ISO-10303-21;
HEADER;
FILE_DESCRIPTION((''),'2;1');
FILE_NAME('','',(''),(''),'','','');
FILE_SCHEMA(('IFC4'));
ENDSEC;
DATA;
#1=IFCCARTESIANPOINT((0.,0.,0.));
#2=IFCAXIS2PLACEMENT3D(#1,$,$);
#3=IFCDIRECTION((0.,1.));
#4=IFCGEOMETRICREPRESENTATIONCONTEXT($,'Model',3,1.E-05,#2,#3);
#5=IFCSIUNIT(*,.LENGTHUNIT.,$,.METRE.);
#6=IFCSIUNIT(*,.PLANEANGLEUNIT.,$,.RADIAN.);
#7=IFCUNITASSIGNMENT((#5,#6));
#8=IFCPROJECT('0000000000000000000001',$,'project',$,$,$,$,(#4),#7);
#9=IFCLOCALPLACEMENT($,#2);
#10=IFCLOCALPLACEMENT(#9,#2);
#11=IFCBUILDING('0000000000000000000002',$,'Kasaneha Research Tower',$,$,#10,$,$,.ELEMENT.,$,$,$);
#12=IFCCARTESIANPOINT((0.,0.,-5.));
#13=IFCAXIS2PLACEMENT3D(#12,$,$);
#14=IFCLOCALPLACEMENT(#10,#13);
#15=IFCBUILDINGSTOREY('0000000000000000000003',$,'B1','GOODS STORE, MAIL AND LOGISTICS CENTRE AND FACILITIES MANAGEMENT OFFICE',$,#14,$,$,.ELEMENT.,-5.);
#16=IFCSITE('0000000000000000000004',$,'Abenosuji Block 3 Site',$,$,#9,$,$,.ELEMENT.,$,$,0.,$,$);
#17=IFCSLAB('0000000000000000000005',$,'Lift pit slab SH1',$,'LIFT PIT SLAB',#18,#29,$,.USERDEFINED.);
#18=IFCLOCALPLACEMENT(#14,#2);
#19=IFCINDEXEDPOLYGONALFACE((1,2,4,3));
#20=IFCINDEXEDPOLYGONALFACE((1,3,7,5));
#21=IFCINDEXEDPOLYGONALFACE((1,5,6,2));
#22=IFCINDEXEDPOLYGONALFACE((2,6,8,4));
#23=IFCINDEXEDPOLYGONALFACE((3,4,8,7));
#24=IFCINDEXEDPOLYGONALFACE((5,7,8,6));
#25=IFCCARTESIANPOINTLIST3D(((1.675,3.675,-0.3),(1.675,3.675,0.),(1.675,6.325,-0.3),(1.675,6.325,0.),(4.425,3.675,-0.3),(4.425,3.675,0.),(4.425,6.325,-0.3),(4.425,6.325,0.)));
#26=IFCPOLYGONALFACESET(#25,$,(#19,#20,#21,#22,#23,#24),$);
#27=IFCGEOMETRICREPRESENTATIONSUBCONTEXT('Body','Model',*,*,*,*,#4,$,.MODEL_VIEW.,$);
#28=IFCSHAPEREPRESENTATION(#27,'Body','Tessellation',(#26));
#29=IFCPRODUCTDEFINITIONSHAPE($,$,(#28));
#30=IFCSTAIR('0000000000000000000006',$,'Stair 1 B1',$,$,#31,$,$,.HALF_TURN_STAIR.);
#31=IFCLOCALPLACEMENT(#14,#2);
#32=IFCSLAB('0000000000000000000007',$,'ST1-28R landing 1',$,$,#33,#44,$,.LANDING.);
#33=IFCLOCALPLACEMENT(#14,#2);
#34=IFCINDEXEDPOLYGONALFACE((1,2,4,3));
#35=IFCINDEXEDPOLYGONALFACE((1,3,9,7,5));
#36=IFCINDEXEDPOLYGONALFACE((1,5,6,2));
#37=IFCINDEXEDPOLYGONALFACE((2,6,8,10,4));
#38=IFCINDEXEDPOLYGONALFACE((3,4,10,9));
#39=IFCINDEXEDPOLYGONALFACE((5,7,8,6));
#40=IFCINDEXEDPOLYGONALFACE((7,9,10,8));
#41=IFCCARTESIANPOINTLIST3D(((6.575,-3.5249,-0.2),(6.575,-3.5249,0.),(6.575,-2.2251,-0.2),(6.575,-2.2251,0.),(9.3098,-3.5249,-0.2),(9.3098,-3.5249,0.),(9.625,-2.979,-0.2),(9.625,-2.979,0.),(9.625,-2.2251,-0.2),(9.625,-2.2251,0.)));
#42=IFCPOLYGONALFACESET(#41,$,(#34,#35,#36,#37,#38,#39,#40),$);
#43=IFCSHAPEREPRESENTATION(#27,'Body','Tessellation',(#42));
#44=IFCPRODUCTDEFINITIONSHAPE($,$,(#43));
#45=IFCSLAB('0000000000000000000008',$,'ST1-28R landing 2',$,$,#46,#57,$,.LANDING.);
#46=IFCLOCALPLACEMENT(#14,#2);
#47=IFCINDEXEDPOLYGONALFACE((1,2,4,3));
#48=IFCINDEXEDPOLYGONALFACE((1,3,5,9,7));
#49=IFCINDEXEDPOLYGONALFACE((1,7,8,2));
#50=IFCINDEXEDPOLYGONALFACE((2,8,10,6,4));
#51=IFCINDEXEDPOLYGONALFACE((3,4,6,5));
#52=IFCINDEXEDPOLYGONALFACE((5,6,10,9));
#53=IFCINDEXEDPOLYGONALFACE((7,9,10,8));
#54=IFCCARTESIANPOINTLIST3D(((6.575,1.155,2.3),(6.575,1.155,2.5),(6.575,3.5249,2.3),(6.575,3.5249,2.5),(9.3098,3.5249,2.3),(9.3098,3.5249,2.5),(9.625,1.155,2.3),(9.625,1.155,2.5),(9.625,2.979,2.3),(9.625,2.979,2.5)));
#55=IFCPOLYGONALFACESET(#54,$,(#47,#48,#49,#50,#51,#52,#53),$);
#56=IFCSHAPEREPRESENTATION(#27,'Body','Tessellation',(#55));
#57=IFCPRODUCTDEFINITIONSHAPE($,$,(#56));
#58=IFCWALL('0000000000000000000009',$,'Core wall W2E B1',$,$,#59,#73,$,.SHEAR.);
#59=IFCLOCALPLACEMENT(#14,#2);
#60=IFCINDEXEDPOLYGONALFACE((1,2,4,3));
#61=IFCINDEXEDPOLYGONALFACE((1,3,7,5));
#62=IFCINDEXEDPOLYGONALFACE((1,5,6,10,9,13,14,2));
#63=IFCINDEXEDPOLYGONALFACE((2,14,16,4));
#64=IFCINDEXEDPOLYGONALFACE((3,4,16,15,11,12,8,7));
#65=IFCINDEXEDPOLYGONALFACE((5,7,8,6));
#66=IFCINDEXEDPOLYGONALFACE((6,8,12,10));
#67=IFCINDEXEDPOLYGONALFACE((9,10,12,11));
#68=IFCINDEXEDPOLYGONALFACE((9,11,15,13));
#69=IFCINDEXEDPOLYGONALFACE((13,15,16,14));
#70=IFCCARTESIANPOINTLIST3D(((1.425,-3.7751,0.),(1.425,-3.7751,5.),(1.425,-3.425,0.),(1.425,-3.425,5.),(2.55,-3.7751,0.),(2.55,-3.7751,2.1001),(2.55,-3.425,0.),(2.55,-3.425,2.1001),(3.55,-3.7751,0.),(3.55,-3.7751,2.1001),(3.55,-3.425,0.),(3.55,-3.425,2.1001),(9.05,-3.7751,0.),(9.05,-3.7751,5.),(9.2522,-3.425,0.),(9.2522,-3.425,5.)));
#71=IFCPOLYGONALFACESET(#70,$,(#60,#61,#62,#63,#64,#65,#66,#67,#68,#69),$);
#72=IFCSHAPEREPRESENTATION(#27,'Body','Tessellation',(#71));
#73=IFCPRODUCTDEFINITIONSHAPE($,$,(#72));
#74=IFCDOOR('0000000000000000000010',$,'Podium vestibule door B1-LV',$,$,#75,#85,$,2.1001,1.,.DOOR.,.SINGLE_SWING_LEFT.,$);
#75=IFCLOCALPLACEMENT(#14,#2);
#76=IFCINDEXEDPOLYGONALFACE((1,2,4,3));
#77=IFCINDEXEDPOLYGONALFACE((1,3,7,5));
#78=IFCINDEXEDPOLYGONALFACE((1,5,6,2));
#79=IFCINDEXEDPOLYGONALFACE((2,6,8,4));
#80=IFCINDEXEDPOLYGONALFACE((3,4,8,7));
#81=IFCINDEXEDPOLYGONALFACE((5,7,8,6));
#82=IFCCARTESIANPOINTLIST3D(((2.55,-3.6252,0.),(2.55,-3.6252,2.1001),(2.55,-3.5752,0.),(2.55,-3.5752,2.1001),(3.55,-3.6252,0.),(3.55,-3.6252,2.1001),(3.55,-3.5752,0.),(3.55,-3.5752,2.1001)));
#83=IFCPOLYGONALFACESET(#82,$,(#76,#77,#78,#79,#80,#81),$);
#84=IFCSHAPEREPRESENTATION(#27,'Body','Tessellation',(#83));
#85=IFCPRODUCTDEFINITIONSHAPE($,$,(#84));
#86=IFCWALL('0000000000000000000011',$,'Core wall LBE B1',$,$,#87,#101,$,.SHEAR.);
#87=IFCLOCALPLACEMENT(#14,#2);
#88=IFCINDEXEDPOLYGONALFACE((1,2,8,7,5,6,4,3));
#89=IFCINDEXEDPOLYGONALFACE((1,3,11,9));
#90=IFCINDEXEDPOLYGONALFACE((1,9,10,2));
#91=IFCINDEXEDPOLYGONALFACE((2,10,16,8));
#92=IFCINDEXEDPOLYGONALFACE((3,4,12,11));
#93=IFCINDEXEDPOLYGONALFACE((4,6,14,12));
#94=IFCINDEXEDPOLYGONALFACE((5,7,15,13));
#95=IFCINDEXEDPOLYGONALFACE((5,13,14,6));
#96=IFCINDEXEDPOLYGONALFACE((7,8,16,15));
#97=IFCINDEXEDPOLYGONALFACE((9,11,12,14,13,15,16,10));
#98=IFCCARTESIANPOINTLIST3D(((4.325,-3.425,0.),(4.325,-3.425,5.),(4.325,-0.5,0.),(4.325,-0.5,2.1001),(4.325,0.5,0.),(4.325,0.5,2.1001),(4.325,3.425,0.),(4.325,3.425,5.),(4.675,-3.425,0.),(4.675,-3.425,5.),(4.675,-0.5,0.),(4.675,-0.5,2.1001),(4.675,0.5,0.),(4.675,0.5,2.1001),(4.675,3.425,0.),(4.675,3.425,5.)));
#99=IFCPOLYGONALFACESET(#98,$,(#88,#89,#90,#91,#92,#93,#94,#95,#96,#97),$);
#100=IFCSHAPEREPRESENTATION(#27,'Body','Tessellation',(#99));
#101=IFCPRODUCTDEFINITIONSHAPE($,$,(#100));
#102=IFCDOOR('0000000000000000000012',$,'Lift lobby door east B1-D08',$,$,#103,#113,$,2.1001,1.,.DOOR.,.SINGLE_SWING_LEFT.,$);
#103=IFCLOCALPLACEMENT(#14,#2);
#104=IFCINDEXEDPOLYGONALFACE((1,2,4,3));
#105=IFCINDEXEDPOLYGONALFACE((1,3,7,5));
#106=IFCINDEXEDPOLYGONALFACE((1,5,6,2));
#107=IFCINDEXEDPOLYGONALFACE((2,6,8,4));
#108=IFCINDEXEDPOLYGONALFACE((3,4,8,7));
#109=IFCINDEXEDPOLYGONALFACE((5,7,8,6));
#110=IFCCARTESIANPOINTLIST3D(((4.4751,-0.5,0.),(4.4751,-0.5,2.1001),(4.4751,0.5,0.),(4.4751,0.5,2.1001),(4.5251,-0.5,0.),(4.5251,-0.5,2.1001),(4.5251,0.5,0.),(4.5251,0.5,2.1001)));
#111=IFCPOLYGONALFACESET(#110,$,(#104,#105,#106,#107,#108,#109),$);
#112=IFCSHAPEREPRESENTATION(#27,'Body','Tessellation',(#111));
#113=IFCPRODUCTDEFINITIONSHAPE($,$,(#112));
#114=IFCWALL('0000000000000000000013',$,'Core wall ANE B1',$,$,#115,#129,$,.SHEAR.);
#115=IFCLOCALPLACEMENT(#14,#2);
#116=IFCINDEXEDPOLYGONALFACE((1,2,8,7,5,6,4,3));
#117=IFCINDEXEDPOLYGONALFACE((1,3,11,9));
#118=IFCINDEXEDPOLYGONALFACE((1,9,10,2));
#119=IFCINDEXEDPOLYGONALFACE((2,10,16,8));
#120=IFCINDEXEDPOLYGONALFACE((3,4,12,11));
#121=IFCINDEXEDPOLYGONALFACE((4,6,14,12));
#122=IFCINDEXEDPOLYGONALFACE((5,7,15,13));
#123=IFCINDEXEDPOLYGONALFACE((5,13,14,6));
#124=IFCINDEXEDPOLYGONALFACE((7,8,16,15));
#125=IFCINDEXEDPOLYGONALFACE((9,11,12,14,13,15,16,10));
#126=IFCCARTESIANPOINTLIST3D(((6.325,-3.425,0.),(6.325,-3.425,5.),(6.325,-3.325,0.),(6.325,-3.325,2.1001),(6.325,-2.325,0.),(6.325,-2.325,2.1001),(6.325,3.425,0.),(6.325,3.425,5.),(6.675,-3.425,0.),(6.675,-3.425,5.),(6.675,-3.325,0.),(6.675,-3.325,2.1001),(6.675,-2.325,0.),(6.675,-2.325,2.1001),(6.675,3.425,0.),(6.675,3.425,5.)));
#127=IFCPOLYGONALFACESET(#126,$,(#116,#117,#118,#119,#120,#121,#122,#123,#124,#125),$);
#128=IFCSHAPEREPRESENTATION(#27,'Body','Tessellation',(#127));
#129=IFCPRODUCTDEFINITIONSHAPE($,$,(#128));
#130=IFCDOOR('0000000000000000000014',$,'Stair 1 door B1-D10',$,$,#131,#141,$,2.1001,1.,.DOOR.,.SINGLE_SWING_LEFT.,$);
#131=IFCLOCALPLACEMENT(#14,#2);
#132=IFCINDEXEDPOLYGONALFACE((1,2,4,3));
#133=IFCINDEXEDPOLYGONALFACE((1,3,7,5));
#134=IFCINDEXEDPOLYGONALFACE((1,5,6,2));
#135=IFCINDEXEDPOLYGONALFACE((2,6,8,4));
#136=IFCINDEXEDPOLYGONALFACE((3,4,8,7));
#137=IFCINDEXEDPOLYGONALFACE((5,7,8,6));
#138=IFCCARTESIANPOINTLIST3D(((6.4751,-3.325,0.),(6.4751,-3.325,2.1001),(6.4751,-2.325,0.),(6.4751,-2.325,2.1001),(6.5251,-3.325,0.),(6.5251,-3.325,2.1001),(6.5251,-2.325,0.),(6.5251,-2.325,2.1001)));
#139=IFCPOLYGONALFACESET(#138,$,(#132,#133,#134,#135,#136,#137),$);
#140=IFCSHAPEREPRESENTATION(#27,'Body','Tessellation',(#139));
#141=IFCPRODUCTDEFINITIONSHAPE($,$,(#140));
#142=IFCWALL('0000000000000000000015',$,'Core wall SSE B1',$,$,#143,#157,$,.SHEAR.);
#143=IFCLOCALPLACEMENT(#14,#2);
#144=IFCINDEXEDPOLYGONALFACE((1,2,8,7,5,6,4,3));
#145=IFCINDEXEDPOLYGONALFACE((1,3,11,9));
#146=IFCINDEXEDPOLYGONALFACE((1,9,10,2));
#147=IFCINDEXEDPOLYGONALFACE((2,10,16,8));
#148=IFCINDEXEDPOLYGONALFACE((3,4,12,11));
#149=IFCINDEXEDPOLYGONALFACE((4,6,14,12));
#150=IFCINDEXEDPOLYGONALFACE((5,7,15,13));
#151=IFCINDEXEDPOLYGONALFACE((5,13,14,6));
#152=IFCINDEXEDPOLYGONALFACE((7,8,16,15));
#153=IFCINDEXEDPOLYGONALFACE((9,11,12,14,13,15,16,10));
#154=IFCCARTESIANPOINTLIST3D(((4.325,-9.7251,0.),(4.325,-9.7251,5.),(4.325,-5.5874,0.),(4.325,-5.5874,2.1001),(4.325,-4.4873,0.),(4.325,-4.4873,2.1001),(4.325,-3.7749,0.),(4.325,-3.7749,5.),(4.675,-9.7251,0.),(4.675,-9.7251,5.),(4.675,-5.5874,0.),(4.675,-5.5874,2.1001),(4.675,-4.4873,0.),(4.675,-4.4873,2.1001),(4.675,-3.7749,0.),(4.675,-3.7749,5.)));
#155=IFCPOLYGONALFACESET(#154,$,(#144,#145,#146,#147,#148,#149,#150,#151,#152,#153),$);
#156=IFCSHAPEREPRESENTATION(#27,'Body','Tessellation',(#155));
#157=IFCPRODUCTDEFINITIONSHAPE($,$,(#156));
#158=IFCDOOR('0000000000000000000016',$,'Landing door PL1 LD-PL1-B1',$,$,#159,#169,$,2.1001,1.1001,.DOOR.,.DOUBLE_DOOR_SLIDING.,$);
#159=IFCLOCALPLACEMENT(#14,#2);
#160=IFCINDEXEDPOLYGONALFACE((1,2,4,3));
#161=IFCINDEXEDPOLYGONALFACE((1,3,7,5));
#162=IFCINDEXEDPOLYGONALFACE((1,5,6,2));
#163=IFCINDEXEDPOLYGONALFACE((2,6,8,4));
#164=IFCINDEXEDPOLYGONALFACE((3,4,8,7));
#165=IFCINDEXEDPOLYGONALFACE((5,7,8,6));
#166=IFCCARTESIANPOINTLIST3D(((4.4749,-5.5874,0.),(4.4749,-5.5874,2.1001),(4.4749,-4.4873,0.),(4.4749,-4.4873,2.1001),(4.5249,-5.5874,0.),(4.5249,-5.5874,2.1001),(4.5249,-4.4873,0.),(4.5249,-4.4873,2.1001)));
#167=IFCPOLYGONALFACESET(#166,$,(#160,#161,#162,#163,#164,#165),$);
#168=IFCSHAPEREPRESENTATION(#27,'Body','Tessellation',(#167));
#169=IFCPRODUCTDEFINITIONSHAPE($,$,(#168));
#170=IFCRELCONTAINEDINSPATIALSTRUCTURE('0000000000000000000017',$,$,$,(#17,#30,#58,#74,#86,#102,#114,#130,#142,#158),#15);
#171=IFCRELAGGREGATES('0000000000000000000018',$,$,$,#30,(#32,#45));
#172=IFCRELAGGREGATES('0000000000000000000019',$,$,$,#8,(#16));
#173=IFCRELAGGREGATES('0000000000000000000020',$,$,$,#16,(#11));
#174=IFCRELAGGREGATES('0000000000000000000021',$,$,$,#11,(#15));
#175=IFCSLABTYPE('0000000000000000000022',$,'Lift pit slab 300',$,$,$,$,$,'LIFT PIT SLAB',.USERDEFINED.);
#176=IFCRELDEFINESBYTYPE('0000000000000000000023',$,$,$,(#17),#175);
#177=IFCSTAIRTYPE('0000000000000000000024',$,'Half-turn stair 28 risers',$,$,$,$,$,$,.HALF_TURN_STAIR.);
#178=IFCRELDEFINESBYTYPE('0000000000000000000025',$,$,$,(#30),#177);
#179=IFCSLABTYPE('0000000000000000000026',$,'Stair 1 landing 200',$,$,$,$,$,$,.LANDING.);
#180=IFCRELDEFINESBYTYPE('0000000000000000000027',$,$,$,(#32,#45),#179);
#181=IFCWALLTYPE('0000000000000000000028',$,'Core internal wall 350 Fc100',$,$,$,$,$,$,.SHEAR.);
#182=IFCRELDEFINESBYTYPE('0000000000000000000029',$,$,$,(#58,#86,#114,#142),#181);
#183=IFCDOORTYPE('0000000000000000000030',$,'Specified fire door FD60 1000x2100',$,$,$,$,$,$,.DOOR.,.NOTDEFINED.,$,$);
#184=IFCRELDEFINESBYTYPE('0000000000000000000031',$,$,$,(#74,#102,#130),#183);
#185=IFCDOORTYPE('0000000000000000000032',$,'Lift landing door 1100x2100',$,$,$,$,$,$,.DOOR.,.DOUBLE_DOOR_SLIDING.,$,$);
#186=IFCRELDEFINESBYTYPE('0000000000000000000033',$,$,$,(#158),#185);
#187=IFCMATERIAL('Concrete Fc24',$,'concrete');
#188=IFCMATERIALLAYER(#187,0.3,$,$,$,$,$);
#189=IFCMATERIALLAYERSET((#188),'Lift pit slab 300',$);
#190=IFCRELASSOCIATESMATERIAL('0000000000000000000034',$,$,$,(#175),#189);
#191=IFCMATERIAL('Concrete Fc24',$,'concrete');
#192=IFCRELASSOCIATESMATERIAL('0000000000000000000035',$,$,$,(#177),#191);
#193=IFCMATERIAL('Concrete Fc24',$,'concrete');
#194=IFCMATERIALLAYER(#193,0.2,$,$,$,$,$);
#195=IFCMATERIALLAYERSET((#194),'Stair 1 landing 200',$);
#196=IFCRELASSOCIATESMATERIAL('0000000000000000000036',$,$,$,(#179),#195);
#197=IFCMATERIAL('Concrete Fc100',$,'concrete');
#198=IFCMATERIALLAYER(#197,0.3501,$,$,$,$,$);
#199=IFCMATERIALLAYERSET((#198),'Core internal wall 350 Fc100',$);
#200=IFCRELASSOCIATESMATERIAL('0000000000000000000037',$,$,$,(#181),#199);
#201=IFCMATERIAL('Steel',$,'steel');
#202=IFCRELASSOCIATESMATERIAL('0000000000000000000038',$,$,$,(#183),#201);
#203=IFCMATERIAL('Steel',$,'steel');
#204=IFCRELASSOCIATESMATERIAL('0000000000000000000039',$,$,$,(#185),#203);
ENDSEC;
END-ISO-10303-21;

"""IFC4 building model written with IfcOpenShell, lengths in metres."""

from ifc_helpers import new_model, si_unit, direction, frame, frame_2d, origin, place, context, subcontext, project, spatial, polyline, rectangle, outline, extrude, material, layer, layer_set, type_object, element, fill, aggregate, save


model = new_model("IFC4")

# Units and contexts
model_context = context("Model", 3, precision=1e-05, world=origin(), true_north=direction((0.0, 1.0)))
body_context = subcontext(model_context, "Body", "Model", "MODEL_VIEW")
ifc_project = project(units=[si_unit("LENGTHUNIT", "METRE"), si_unit("PLANEANGLEUNIT", "RADIAN")], contexts=[model_context])

# Site, building, storey
site_placement = place(None, origin())
site = spatial("IfcSite", under=ifc_project, at=site_placement, Name="Abenosuji Block 3 Site", CompositionType="ELEMENT", RefElevation=0.0)
building_placement = place(site_placement, origin())
building = spatial("IfcBuilding", under=site, at=building_placement, Name="Kasaneha Research Tower", CompositionType="ELEMENT")
storey_placement = place(building_placement, frame((0.0, 0.0, -5.0)))
storey = spatial("IfcBuildingStorey", under=building, at=storey_placement, Name="B1", Description="GOODS STORE, MAIL AND LOGISTICS CENTRE AND FACILITIES MANAGEMENT OFFICE", CompositionType="ELEMENT", Elevation=-5.0)

# Slab
ifc_material_1 = material(Name="Concrete Fc24", Category="concrete")
ifc_layer_1 = layer(ifc_material_1, 0.3)
ifc_layer_set_1 = layer_set([ifc_layer_1], Name="Lift pit slab 300")
slab_type_1 = type_object("IfcSlabType", Name="Lift pit slab 300", ElementType="LIFT PIT SLAB", PredefinedType="USERDEFINED", material=ifc_layer_set_1)
slab_1_placement = place(storey_placement, frame((0.0, 0.0, -0.3)))
element("IfcSlab", 1, at=slab_1_placement, inside=storey, type_object=slab_type_1, Name="Lift pit slab SH1", ObjectType="LIFT PIT SLAB", PredefinedType="USERDEFINED", context=body_context, shape_type="SweptSolid", body=[
    extrude(outline(polyline([(4.425, 3.675), (1.675, 3.675), (1.675, 6.325), (4.425, 6.325), (4.425, 3.675)])), origin(), (0.0, 0.0, 1.0), 0.3),
])

# Stair, slabs
ifc_material_2 = material(Name="Concrete Fc24", Category="concrete")
stair_type = type_object("IfcStairType", Name="Half-turn stair 28 risers", PredefinedType="HALF_TURN_STAIR", material=ifc_material_2)
stair_placement = place(storey_placement, origin())
stair = element("IfcStair", 2, at=stair_placement, inside=storey, type_object=stair_type, Name="Stair 1 B1", PredefinedType="HALF_TURN_STAIR")
ifc_material_3 = material(Name="Concrete Fc24", Category="concrete")
ifc_layer_2 = layer(ifc_material_3, 0.2)
ifc_layer_set_2 = layer_set([ifc_layer_2], Name="Stair 1 landing 200")
slab_type_2 = type_object("IfcSlabType", Name="Stair 1 landing 200", PredefinedType="LANDING", material=ifc_layer_set_2)
slab_2_placement = place(storey_placement, frame((0.0, 0.0, -0.2)))
slab_2 = element("IfcSlab", 3, at=slab_2_placement, type_object=slab_type_2, Name="ST1-28R landing 1", PredefinedType="LANDING", context=body_context, shape_type="SweptSolid", body=[
    extrude(outline(polyline([(9.3098, -3.5249), (6.575, -3.5249), (6.575, -2.2251), (9.625, -2.2251), (9.625, -2.979), (9.3098, -3.5249)])), origin(), (0.0, 0.0, 1.0), 0.2),
])
slab_3_placement = place(storey_placement, frame((0.0, 0.0, 2.3)))
slab_3 = element("IfcSlab", 4, at=slab_3_placement, type_object=slab_type_2, Name="ST1-28R landing 2", PredefinedType="LANDING", context=body_context, shape_type="SweptSolid", body=[
    extrude(outline(polyline([(6.575, 3.5249), (9.3098, 3.5249), (9.625, 2.979), (9.625, 1.155), (6.575, 1.155), (6.575, 3.5249)])), origin(), (0.0, 0.0, 1.0), 0.2),
])

# Walls, openings, doors
ifc_material_4 = material(Name="Concrete Fc100", Category="concrete")
ifc_layer_3 = layer(ifc_material_4, 0.3501)
ifc_layer_set_3 = layer_set([ifc_layer_3], Name="Core internal wall 350 Fc100")
wall_type_1 = type_object("IfcWallType", Name="Core internal wall 350 Fc100", PredefinedType="SHEAR", material=ifc_layer_set_3)
wall_1_placement = place(storey_placement, frame((1.425, -3.6001, 0.0), z_axis=(0.0, 0.0, 1.0), x_axis=(1.0, 0.0, 0.0)))
wall_1 = element("IfcWall", 5, at=wall_1_placement, inside=storey, type_object=wall_type_1, Name="Core wall W2E B1", PredefinedType="SHEAR", context=body_context, shape_type="SweptSolid", body=[
    extrude(outline(polyline([(0.0, -0.175), (1.125, -0.175), (2.125, -0.175), (7.625, -0.175), (7.8271, 0.175), (2.125, 0.175), (1.125, 0.175), (0.0, 0.175), (0.0, -0.175)])), origin(), (0.0, 0.0, 1.0), 5.0),
])
opening_1_placement = place(wall_1_placement, frame((1.125, 0.0, 0.0)))
opening_1 = element("IfcOpeningElement", 6, at=opening_1_placement, cuts=wall_1, PredefinedType="OPENING", context=body_context, shape_type="SweptSolid", body=[
    extrude(rectangle(XDim=1.0, YDim=2.1001, at=frame_2d((0.5, 1.05))), frame((0.0, 0.1851, 0.0), z_axis=(0.0, -1.0, 0.0), x_axis=(1.0, 0.0, 0.0)), (0.0, 0.0, 1.0), 0.3701),
])
ifc_material_5 = material(Name="Steel", Category="steel")
door_type_1 = type_object("IfcDoorType", Name="Specified fire door FD60 1000x2100", OperationType="NOTDEFINED", PredefinedType="DOOR", material=ifc_material_5)
door_1_placement = place(opening_1_placement, origin())
door_1 = element("IfcDoor", 7, at=door_1_placement, inside=storey, type_object=door_type_1, Name="Podium vestibule door B1-LV", OperationType="SINGLE_SWING_LEFT", OverallHeight=2.1001, OverallWidth=1.0, PredefinedType="DOOR", context=body_context, shape_type="SweptSolid", body=[
    extrude(rectangle(XDim=1.0, YDim=2.1001, at=frame_2d((0.5, 1.05))), frame((0.0, 0.0249, 0.0), z_axis=(0.0, -1.0, 0.0), x_axis=(1.0, 0.0, 0.0)), (0.0, 0.0, 1.0), 0.05),
])
fill(opening_1, door_1)
wall_2_placement = place(storey_placement, frame((4.5, -3.425, 0.0), z_axis=(0.0, 0.0, 1.0), x_axis=(0.0, 1.0, 0.0)))
wall_2 = element("IfcWall", 8, at=wall_2_placement, inside=storey, type_object=wall_type_1, Name="Core wall LBE B1", PredefinedType="SHEAR", context=body_context, shape_type="SweptSolid", body=[
    extrude(rectangle(XDim=6.8501, YDim=0.3501, at=frame_2d((3.425, 0.0))), origin(), (0.0, 0.0, 1.0), 5.0),
])
opening_2_placement = place(wall_2_placement, frame((2.925, 0.0, 0.0)))
opening_2 = element("IfcOpeningElement", 9, at=opening_2_placement, cuts=wall_2, PredefinedType="OPENING", context=body_context, shape_type="SweptSolid", body=[
    extrude(rectangle(XDim=1.0, YDim=2.1001, at=frame_2d((0.5, 1.05))), frame((0.0, 0.1851, 0.0), z_axis=(0.0, -1.0, 0.0), x_axis=(1.0, 0.0, 0.0)), (0.0, 0.0, 1.0), 0.3701),
])
door_2_placement = place(opening_2_placement, origin())
door_2 = element("IfcDoor", 10, at=door_2_placement, inside=storey, type_object=door_type_1, Name="Lift lobby door east B1-D08", OperationType="SINGLE_SWING_LEFT", OverallHeight=2.1001, OverallWidth=1.0, PredefinedType="DOOR", context=body_context, shape_type="SweptSolid", body=[
    extrude(rectangle(XDim=1.0, YDim=2.1001, at=frame_2d((0.5, 1.05))), frame((0.0, 0.0249, 0.0), z_axis=(0.0, -1.0, 0.0), x_axis=(1.0, 0.0, 0.0)), (0.0, 0.0, 1.0), 0.05),
])
fill(opening_2, door_2)
wall_3_placement = place(storey_placement, frame((6.5, -3.425, 0.0), z_axis=(0.0, 0.0, 1.0), x_axis=(0.0, 1.0, 0.0)))
wall_3 = element("IfcWall", 11, at=wall_3_placement, inside=storey, type_object=wall_type_1, Name="Core wall ANE B1", PredefinedType="SHEAR", context=body_context, shape_type="SweptSolid", body=[
    extrude(rectangle(XDim=6.8501, YDim=0.3501, at=frame_2d((3.425, 0.0))), origin(), (0.0, 0.0, 1.0), 5.0),
])
opening_3_placement = place(wall_3_placement, frame((0.1001, 0.0, 0.0)))
opening_3 = element("IfcOpeningElement", 12, at=opening_3_placement, cuts=wall_3, PredefinedType="OPENING", context=body_context, shape_type="SweptSolid", body=[
    extrude(rectangle(XDim=1.0, YDim=2.1001, at=frame_2d((0.5, 1.05))), frame((0.0, 0.1851, 0.0), z_axis=(0.0, -1.0, 0.0), x_axis=(1.0, 0.0, 0.0)), (0.0, 0.0, 1.0), 0.3701),
])
door_3_placement = place(opening_3_placement, origin())
door_3 = element("IfcDoor", 13, at=door_3_placement, inside=storey, type_object=door_type_1, Name="Stair 1 door B1-D10", OperationType="SINGLE_SWING_LEFT", OverallHeight=2.1001, OverallWidth=1.0, PredefinedType="DOOR", context=body_context, shape_type="SweptSolid", body=[
    extrude(rectangle(XDim=1.0, YDim=2.1001, at=frame_2d((0.5, 1.05))), frame((0.0, 0.0249, 0.0), z_axis=(0.0, -1.0, 0.0), x_axis=(1.0, 0.0, 0.0)), (0.0, 0.0, 1.0), 0.05),
])
fill(opening_3, door_3)
wall_4_placement = place(storey_placement, frame((4.5, -3.7749, 0.0), z_axis=(0.0, 0.0, 1.0), x_axis=(0.0, -1.0, 0.0)))
wall_4 = element("IfcWall", 14, at=wall_4_placement, inside=storey, type_object=wall_type_1, Name="Core wall SSE B1", PredefinedType="SHEAR", context=body_context, shape_type="SweptSolid", body=[
    extrude(rectangle(XDim=5.9502, YDim=0.3501, at=frame_2d((2.9751, 0.0))), origin(), (0.0, 0.0, 1.0), 5.0),
])
opening_4_placement = place(wall_4_placement, frame((0.7124, 0.0, 0.0)))
opening_4 = element("IfcOpeningElement", 15, at=opening_4_placement, cuts=wall_4, PredefinedType="OPENING", context=body_context, shape_type="SweptSolid", body=[
    extrude(rectangle(XDim=1.1001, YDim=2.1001, at=frame_2d((0.55, 1.05))), frame((0.0, 0.1851, 0.0), z_axis=(0.0, -1.0, 0.0), x_axis=(1.0, 0.0, 0.0)), (0.0, 0.0, 1.0), 0.3701),
])
ifc_material_6 = material(Name="Steel", Category="steel")
door_type_2 = type_object("IfcDoorType", Name="Lift landing door 1100x2100", OperationType="DOUBLE_DOOR_SLIDING", PredefinedType="DOOR", material=ifc_material_6)
door_4_placement = place(opening_4_placement, origin())
door_4 = element("IfcDoor", 16, at=door_4_placement, inside=storey, type_object=door_type_2, Name="Landing door PL1 LD-PL1-B1", OperationType="DOUBLE_DOOR_SLIDING", OverallHeight=2.1001, OverallWidth=1.1001, PredefinedType="DOOR", context=body_context, shape_type="SweptSolid", body=[
    extrude(rectangle(XDim=1.1001, YDim=2.1001, at=frame_2d((0.55, 1.05))), frame((0.0, 0.0249, 0.0), z_axis=(0.0, -1.0, 0.0), x_axis=(1.0, 0.0, 0.0)), (0.0, 0.0, 1.0), 0.05),
])
fill(opening_4, door_4)

aggregate(stair, [slab_2, slab_3])

save(model, "model.ifc")
